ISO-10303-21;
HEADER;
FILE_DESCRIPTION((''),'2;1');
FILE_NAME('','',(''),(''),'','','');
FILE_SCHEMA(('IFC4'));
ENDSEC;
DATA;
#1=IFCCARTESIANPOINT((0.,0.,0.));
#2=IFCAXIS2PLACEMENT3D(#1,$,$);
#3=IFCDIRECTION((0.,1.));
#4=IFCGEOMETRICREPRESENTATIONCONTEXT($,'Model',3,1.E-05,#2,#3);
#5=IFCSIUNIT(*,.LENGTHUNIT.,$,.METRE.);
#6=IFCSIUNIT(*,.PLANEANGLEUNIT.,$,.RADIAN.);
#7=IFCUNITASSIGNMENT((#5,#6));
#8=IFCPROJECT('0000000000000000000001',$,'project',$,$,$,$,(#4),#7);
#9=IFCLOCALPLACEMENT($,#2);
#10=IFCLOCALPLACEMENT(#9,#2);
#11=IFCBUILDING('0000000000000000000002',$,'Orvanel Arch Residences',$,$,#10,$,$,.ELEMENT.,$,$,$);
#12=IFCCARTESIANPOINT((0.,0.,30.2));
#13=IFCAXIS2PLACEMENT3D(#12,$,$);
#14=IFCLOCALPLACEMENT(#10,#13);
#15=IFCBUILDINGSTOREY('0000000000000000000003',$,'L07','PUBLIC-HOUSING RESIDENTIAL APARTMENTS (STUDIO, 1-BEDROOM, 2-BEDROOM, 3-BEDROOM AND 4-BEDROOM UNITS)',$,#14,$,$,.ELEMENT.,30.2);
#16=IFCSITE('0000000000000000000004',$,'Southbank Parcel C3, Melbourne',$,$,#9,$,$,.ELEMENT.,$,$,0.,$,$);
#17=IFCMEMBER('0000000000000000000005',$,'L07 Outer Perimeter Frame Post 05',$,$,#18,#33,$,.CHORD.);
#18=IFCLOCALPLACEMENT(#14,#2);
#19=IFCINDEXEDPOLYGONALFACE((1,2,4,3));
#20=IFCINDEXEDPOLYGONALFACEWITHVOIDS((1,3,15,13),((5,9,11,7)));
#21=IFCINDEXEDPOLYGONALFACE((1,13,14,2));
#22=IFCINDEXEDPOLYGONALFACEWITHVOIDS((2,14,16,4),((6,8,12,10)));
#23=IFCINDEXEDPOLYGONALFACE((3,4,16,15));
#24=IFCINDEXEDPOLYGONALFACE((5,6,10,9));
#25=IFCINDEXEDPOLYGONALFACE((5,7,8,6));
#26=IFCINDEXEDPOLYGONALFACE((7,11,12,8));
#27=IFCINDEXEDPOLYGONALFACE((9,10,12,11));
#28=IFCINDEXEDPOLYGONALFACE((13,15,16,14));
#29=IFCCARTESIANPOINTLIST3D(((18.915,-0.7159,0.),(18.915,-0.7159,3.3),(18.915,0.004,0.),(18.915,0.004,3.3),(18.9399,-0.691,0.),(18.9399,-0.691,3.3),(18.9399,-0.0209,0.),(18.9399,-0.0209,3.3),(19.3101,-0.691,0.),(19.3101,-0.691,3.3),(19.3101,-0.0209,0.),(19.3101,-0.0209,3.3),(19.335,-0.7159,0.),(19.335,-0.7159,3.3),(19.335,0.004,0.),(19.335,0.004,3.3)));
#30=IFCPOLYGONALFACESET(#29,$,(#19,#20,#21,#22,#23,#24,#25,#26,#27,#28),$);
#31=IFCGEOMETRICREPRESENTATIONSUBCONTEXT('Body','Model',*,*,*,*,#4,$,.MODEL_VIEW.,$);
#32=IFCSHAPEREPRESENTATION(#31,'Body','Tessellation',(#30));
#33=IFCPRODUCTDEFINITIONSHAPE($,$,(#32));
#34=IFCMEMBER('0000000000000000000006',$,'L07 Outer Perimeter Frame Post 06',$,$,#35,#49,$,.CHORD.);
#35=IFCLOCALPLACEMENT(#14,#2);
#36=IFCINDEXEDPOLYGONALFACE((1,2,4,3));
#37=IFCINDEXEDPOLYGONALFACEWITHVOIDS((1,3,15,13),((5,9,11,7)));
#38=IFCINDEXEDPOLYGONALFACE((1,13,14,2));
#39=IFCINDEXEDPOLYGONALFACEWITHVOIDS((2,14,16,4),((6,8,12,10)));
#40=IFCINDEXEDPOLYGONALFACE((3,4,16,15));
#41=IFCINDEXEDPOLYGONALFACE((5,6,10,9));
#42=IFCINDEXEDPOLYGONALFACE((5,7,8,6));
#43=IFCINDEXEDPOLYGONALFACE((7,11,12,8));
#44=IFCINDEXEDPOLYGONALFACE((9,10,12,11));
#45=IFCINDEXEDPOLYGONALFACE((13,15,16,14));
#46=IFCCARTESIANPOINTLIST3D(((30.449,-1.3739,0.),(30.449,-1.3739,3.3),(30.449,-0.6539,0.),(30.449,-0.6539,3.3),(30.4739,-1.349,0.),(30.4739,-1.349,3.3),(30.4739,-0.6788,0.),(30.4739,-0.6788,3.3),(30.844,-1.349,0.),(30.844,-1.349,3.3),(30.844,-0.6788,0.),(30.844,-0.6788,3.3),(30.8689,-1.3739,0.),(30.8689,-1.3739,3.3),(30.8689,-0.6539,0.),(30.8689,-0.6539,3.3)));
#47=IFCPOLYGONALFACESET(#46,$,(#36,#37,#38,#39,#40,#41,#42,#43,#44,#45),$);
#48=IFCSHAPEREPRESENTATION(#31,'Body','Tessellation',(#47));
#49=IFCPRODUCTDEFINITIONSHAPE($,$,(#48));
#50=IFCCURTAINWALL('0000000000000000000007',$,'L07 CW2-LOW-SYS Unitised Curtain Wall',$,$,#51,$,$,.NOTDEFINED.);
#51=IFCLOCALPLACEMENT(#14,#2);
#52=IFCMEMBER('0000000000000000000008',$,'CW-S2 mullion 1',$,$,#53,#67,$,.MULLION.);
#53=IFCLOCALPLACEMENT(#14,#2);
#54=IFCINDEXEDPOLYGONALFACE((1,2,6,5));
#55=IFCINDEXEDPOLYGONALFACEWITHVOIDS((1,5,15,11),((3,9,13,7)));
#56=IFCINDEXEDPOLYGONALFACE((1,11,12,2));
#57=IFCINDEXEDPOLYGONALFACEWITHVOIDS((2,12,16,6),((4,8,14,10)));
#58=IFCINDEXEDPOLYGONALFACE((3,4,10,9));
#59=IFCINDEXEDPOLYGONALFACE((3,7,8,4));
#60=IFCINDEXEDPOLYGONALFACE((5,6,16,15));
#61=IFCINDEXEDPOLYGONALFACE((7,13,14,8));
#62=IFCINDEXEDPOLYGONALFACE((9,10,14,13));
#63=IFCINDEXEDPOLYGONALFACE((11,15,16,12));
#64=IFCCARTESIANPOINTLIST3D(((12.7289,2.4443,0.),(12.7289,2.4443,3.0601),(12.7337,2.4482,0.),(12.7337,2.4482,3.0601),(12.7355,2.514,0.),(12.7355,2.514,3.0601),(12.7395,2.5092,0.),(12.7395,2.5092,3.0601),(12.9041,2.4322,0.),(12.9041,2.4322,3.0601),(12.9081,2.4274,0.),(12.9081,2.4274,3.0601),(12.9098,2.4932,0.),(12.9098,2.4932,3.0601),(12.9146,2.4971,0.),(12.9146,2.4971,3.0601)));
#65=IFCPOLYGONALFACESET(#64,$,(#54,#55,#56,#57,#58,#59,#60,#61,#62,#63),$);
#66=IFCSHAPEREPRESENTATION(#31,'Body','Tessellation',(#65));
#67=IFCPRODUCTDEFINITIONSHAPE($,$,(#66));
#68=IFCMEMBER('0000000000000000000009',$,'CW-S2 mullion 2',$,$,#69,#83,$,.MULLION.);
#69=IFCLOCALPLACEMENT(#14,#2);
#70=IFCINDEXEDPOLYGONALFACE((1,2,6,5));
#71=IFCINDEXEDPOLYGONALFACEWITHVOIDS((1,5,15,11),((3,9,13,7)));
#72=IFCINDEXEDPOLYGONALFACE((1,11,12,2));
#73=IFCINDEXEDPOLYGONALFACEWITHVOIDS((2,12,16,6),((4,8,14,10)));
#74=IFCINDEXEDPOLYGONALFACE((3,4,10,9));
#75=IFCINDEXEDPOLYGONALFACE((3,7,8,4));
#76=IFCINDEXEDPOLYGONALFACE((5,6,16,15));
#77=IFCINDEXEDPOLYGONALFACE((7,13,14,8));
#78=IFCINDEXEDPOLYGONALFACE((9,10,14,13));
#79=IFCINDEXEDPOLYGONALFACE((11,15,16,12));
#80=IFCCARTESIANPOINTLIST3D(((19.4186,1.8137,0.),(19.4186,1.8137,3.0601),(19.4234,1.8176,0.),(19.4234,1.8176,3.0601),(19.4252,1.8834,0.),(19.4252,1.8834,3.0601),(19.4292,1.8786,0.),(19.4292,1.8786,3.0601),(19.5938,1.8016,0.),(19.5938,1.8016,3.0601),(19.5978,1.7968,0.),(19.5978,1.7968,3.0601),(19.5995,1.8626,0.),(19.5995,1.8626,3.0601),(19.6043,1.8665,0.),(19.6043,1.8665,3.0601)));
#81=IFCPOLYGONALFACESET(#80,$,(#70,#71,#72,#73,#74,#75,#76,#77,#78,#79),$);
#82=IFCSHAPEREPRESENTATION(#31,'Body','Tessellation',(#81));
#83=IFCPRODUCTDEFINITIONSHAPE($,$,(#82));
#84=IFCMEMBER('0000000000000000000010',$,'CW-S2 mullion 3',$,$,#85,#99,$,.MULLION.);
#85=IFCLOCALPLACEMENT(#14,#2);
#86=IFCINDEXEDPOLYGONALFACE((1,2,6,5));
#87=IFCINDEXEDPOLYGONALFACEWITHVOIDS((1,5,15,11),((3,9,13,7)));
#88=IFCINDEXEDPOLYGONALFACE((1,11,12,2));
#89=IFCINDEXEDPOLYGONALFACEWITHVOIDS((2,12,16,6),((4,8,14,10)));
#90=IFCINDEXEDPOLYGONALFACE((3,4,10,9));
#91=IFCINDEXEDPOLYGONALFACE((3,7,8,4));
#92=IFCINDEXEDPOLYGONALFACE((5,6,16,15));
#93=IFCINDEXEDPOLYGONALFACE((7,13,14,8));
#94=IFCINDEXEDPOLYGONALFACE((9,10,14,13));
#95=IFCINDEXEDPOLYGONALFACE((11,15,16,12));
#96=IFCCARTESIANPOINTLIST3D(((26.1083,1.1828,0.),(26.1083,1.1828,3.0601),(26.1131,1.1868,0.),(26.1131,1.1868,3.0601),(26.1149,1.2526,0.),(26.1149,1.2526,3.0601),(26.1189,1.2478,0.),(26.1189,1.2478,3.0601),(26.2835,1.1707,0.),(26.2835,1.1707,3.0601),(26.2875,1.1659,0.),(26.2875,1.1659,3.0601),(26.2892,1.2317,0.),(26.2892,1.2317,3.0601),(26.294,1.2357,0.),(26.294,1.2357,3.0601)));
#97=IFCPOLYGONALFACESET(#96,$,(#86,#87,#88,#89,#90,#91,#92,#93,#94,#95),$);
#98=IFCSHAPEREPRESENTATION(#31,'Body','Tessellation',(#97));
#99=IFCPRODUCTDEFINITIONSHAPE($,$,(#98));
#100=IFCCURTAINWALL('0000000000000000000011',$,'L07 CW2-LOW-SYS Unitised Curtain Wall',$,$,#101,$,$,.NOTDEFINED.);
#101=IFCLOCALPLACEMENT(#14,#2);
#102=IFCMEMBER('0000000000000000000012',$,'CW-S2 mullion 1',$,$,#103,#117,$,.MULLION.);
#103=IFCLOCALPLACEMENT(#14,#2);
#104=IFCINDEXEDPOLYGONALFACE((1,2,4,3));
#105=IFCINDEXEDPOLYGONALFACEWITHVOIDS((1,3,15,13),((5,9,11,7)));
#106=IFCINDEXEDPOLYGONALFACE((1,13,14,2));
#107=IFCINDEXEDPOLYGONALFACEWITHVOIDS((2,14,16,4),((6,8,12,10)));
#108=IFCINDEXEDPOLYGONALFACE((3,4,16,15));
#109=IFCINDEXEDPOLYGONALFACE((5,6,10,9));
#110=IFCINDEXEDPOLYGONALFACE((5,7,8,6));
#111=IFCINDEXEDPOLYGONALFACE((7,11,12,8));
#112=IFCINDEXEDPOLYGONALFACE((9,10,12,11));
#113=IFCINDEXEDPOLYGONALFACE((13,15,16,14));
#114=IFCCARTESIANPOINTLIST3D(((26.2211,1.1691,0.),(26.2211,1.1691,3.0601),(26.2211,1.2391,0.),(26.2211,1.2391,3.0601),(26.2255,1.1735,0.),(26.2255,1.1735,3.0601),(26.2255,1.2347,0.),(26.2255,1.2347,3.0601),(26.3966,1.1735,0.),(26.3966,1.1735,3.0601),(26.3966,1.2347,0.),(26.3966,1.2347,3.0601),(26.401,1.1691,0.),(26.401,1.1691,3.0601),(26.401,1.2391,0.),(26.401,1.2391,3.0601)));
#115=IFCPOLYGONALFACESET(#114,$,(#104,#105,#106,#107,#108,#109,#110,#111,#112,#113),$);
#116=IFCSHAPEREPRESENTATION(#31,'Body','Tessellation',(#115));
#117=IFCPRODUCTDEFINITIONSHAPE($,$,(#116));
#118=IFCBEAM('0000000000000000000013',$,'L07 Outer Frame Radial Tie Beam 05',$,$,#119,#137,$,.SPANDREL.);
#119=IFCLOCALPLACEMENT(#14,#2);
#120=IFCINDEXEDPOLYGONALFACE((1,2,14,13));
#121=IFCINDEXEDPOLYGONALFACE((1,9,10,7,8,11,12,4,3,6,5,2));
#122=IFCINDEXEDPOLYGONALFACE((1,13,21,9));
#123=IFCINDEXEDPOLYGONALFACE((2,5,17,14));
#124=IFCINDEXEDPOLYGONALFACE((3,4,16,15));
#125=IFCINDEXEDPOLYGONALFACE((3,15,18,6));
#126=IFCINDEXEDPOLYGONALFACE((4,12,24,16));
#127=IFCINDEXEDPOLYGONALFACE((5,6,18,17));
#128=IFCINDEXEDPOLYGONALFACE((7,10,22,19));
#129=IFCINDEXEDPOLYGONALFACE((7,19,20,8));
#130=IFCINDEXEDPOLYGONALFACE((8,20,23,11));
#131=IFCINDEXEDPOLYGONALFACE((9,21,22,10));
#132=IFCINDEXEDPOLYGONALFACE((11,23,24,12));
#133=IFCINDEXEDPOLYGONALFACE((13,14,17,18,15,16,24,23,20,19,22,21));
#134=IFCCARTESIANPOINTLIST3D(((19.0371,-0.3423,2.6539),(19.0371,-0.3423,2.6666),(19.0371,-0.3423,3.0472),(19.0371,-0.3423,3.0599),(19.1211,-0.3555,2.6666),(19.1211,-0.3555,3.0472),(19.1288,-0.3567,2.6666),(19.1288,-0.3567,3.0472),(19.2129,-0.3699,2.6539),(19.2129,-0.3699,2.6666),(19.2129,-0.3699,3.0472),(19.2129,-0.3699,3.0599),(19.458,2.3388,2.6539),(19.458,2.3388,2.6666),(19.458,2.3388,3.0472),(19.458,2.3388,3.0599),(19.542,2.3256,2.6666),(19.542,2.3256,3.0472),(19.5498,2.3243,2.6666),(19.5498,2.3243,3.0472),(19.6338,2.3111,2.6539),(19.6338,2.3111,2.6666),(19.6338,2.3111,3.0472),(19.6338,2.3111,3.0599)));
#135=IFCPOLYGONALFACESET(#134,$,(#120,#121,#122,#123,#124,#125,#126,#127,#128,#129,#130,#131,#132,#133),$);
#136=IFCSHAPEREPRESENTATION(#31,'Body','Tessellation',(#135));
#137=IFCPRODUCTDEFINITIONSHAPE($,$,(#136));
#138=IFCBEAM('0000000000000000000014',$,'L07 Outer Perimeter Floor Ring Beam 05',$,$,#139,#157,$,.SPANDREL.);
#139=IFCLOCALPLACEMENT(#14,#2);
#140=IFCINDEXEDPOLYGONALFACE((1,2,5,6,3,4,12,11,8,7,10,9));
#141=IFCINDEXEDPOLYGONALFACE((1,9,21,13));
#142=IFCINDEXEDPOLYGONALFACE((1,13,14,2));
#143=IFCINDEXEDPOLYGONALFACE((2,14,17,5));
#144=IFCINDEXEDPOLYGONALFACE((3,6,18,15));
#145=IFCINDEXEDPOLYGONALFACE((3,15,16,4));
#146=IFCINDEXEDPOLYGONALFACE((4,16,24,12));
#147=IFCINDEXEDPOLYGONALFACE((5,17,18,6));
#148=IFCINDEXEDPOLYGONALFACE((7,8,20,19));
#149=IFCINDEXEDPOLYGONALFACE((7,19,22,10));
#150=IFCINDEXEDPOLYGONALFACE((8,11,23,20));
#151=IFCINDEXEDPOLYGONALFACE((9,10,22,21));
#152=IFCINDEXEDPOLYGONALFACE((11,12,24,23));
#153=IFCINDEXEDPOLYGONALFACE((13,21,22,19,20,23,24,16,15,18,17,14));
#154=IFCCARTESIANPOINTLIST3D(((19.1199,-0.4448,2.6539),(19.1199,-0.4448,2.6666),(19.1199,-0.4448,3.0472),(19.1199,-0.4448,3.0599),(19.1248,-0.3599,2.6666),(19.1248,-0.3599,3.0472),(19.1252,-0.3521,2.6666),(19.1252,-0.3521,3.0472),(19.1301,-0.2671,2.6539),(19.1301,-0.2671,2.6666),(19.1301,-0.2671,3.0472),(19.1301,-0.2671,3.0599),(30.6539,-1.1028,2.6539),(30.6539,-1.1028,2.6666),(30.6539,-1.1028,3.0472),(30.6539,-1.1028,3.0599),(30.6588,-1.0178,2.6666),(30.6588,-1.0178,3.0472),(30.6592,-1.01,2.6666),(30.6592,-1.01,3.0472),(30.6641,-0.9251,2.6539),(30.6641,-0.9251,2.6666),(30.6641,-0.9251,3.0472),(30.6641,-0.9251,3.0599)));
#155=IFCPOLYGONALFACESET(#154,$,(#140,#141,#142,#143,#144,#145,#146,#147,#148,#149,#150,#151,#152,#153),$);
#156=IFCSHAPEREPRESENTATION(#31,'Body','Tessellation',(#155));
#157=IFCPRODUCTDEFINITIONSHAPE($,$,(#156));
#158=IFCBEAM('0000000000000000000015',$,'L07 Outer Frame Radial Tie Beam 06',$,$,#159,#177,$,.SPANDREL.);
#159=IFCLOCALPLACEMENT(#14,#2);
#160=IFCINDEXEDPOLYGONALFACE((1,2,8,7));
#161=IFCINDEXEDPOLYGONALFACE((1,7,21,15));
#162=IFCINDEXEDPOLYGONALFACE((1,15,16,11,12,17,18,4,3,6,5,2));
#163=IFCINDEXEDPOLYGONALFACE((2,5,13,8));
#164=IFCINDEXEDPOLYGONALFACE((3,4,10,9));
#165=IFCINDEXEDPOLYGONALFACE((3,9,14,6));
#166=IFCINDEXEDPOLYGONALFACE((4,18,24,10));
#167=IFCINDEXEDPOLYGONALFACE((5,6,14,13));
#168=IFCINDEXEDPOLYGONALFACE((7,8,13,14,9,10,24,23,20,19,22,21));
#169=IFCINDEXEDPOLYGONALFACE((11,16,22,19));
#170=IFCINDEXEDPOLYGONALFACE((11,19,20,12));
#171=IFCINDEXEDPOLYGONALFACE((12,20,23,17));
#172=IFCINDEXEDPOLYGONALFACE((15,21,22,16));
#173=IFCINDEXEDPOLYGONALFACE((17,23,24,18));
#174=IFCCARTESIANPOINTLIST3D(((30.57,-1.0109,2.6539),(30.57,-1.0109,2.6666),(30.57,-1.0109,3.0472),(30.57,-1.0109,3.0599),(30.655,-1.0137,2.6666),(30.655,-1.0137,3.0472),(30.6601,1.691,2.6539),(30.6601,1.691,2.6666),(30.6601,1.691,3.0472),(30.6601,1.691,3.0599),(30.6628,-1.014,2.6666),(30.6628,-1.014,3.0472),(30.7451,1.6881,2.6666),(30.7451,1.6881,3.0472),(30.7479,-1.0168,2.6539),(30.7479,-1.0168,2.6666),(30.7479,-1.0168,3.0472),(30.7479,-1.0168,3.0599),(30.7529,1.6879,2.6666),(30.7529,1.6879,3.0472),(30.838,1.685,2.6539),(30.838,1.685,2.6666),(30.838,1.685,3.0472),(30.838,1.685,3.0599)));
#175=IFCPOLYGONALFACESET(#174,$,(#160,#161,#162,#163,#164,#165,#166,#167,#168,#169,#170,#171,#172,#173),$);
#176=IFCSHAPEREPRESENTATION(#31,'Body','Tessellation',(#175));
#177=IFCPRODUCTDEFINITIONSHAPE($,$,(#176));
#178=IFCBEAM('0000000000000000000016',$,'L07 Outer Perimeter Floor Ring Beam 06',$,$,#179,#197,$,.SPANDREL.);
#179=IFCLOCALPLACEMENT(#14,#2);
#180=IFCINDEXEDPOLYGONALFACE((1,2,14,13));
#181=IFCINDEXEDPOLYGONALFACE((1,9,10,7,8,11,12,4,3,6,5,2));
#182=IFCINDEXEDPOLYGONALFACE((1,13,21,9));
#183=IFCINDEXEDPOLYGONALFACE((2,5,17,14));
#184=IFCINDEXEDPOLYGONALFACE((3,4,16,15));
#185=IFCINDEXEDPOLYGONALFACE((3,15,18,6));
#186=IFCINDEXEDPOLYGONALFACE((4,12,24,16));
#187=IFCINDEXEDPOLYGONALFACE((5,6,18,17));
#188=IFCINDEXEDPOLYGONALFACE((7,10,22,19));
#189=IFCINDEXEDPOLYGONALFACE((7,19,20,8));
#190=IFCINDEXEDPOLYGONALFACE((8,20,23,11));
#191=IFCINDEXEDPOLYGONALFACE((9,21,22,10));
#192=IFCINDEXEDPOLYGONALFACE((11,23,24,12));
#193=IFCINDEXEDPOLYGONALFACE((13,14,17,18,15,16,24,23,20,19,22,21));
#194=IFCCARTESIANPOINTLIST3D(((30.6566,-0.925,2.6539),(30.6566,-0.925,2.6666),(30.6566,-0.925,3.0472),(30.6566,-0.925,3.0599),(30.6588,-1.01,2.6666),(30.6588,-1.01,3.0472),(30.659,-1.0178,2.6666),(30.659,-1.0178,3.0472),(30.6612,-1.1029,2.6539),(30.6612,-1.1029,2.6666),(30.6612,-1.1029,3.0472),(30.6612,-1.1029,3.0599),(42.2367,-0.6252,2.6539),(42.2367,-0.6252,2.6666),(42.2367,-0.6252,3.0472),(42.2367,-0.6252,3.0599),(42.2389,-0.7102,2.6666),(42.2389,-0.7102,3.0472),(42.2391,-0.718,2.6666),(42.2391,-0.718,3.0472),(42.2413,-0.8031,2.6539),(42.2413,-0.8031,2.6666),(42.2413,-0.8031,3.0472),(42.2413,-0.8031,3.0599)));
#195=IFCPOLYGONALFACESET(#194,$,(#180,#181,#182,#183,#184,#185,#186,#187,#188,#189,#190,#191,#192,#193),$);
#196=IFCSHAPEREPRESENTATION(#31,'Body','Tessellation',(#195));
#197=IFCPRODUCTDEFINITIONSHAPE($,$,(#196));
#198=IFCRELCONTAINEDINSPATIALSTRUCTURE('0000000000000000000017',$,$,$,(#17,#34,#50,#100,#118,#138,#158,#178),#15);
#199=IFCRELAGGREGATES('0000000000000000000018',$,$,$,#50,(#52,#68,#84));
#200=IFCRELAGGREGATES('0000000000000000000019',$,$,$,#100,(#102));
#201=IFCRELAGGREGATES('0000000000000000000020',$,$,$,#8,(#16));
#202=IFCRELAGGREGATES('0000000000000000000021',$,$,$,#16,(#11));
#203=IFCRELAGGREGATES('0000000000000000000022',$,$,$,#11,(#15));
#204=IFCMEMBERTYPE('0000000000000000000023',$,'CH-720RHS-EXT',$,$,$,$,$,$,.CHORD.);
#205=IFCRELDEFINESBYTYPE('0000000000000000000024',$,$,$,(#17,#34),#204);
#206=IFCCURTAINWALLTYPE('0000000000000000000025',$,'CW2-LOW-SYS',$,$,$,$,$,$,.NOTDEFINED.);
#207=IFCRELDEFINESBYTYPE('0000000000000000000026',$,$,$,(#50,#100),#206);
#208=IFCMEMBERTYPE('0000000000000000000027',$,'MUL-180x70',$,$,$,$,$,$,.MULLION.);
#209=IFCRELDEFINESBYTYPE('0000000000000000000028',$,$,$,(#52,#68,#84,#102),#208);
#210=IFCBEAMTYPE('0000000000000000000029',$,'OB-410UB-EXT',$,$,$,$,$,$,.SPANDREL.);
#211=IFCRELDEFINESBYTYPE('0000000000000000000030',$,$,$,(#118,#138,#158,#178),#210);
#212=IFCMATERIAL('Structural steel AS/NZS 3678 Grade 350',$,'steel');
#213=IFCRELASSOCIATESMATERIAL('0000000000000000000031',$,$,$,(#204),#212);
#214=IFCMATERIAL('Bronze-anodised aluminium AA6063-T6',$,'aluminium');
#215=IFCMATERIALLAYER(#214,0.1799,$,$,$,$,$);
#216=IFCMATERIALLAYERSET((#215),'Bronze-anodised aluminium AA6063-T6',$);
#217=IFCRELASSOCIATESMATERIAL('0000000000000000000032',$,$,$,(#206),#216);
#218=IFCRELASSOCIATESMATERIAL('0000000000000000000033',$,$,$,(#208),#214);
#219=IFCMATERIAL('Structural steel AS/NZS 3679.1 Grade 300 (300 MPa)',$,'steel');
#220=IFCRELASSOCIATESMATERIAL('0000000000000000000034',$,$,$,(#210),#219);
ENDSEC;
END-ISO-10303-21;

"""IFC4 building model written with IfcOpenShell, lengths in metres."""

from ifc_helpers import new_model, si_unit, direction, frame, origin, origin_2d, place, context, subcontext, project, spatial, hollow_rectangle, i_section, extrude, material, layer, layer_set, material_profile, profile_set, type_object, element, aggregate, save


model = new_model("IFC4")

# Units and contexts
model_context = context("Model", 3, precision=1e-05, world=origin(), true_north=direction((0.0, 1.0)))
body_context = subcontext(model_context, "Body", "Model", "MODEL_VIEW")
ifc_project = project(units=[si_unit("LENGTHUNIT", "METRE"), si_unit("PLANEANGLEUNIT", "RADIAN")], contexts=[model_context])

# Site, building, storey
site_placement = place(None, origin())
site = spatial("IfcSite", under=ifc_project, at=site_placement, Name="Southbank Parcel C3, Melbourne", CompositionType="ELEMENT", RefElevation=0.0)
building_placement = place(site_placement, origin())
building = spatial("IfcBuilding", under=site, at=building_placement, Name="Orvanel Arch Residences", CompositionType="ELEMENT")
storey_placement = place(building_placement, frame((0.0, 0.0, 30.2)))
storey = spatial("IfcBuildingStorey", under=building, at=storey_placement, Name="L07", Description="PUBLIC-HOUSING RESIDENTIAL APARTMENTS (STUDIO, 1-BEDROOM, 2-BEDROOM, 3-BEDROOM AND 4-BEDROOM UNITS)", CompositionType="ELEMENT", Elevation=30.2)

# Members
ifc_material_1 = material(Name="Structural steel AS/NZS 3678 Grade 350", Category="steel")
ifc_material_profile_1 = material_profile(ifc_material_1, hollow_rectangle(XDim=0.4199, YDim=0.72, WallThickness=0.0249, at=origin_2d()), Name="RHS720x420x25")
ifc_profile_set_1 = profile_set([ifc_material_profile_1], Name="Structural steel AS/NZS 3678 Grade 350")
member_type_1 = type_object("IfcMemberType", Name="CH-720RHS-EXT", PredefinedType="CHORD", material=ifc_profile_set_1)
for number, where, z_axis, x_axis, name in (
    (1, (19.125, -0.356, 0.0), (0.0, 0.0, 1.0), (1.0, 0.0, 0.0), "L07 Outer Perimeter Frame Post 05"),
    (2, (30.6589, -1.0139, 0.0), (0.0, 0.0, 1.0), (1.0, 0.0, 0.0), "L07 Outer Perimeter Frame Post 06"),
):
    element("IfcMember", number, at=place(storey_placement, frame(where, z_axis=z_axis, x_axis=x_axis)), inside=storey, type_object=member_type_1, Name=name, PredefinedType="CHORD", context=body_context, shape_type="SweptSolid", body=[
        extrude(hollow_rectangle(XDim=0.4199, YDim=0.72, WallThickness=0.0249, at=origin_2d()), origin(), (0.0, 0.0, 1.0), 3.3),
    ])

# Curtain wall, members
ifc_material_2 = material(Name="Bronze-anodised aluminium AA6063-T6", Category="aluminium")
ifc_layer_1 = layer(ifc_material_2, 0.1799)
ifc_layer_set_1 = layer_set([ifc_layer_1], Name="Bronze-anodised aluminium AA6063-T6")
curtain_wall_type = type_object("IfcCurtainWallType", Name="CW2-LOW-SYS", PredefinedType="NOTDEFINED", material=ifc_layer_set_1)
curtain_wall_1_placement = place(storey_placement, origin())
curtain_wall_1 = element("IfcCurtainWall", 3, at=curtain_wall_1_placement, inside=storey, type_object=curtain_wall_type, Name="L07 CW2-LOW-SYS Unitised Curtain Wall", PredefinedType="NOTDEFINED")
ifc_material_profile_2 = material_profile(ifc_material_2, hollow_rectangle(XDim=0.0701, YDim=0.1799, WallThickness=0.0044, at=origin_2d()), Name="ALU180x70x4.5")
ifc_profile_set_2 = profile_set([ifc_material_profile_2], Name="Bronze-anodised aluminium AA6063-T6")
member_type_2 = type_object("IfcMemberType", Name="MUL-180x70", PredefinedType="MULLION", material=ifc_profile_set_2)
member_1_placement = place(storey_placement, frame((12.8218, 2.4707, 0.0), z_axis=(0.0, 0.0, 1.0), x_axis=(0.093866, 0.995585, 0.0)))
member_1 = element("IfcMember", 4, at=member_1_placement, type_object=member_type_2, Name="CW-S2 mullion 1", PredefinedType="MULLION", context=body_context, shape_type="SweptSolid", body=[
    extrude(hollow_rectangle(XDim=0.0701, YDim=0.1799, WallThickness=0.0044, at=origin_2d()), origin(), (0.0, 0.0, 1.0), 3.0601),
])
member_2_placement = place(storey_placement, frame((19.5115, 1.8401, 0.0), z_axis=(0.0, 0.0, 1.0), x_axis=(0.093866, 0.995585, 0.0)))
member_2 = element("IfcMember", 5, at=member_2_placement, type_object=member_type_2, Name="CW-S2 mullion 2", PredefinedType="MULLION", context=body_context, shape_type="SweptSolid", body=[
    extrude(hollow_rectangle(XDim=0.0701, YDim=0.1799, WallThickness=0.0044, at=origin_2d()), origin(), (0.0, 0.0, 1.0), 3.0601),
])
member_3_placement = place(storey_placement, frame((26.2012, 1.2092, 0.0), z_axis=(0.0, 0.0, 1.0), x_axis=(0.093866, 0.995585, 0.0)))
member_3 = element("IfcMember", 6, at=member_3_placement, type_object=member_type_2, Name="CW-S2 mullion 3", PredefinedType="MULLION", context=body_context, shape_type="SweptSolid", body=[
    extrude(hollow_rectangle(XDim=0.0701, YDim=0.1799, WallThickness=0.0044, at=origin_2d()), origin(), (0.0, 0.0, 1.0), 3.0601),
])

# Curtain wall, member
curtain_wall_2_placement = place(storey_placement, origin())
curtain_wall_2 = element("IfcCurtainWall", 7, at=curtain_wall_2_placement, inside=storey, type_object=curtain_wall_type, Name="L07 CW2-LOW-SYS Unitised Curtain Wall", PredefinedType="NOTDEFINED")
member_4_placement = place(storey_placement, frame((26.311, 1.2041, 0.0), z_axis=(0.0, 0.0, 1.0), x_axis=(0.0, 1.0, 0.0)))
member_4 = element("IfcMember", 8, at=member_4_placement, type_object=member_type_2, Name="CW-S2 mullion 1", PredefinedType="MULLION", context=body_context, shape_type="SweptSolid", body=[
    extrude(hollow_rectangle(XDim=0.0701, YDim=0.1799, WallThickness=0.0044, at=origin_2d()), origin(), (0.0, 0.0, 1.0), 3.0601),
])

# Beams
ifc_material_3 = material(Name="Structural steel AS/NZS 3679.1 Grade 300 (300 MPa)", Category="steel")
ifc_material_profile_3 = material_profile(ifc_material_3, i_section(OverallWidth=0.178, OverallDepth=0.406, WebThickness=0.0078, FlangeThickness=0.0127, at=origin_2d()), Name="410UB59.7")
ifc_profile_set_3 = profile_set([ifc_material_profile_3], Name="Structural steel AS/NZS 3679.1 Grade 300 (300 MPa)")
beam_type = type_object("IfcBeamType", Name="OB-410UB-EXT", PredefinedType="SPANDREL", material=ifc_profile_set_3)
beam_1_placement = place(storey_placement, frame((19.5459, 2.325, 2.8569), z_axis=(-0.155099, -0.987899, 0.0), x_axis=(0.987899, -0.155099, 0.0)))
element("IfcBeam", 9, at=beam_1_placement, inside=storey, type_object=beam_type, Name="L07 Outer Frame Radial Tie Beam 05", PredefinedType="SPANDREL", context=body_context, shape_type="SweptSolid", body=[
    extrude(i_section(OverallWidth=0.178, OverallDepth=0.406, WebThickness=0.0078, FlangeThickness=0.0127, at=origin_2d()), origin(), (0.0, 0.0, 1.0), 2.7139),
])
beam_2_placement = place(storey_placement, frame((19.125, -0.356, 2.8569), z_axis=(0.998377, -0.056953, 0.0), x_axis=(0.056953, 0.998377, 0.0)))
element("IfcBeam", 10, at=beam_2_placement, inside=storey, type_object=beam_type, Name="L07 Outer Perimeter Floor Ring Beam 05", PredefinedType="SPANDREL", context=body_context, shape_type="SweptSolid", body=[
    extrude(i_section(OverallWidth=0.178, OverallDepth=0.406, WebThickness=0.0078, FlangeThickness=0.0127, at=origin_2d()), origin(), (0.0, 0.0, 1.0), 11.5527),
])
beam_3_placement = place(storey_placement, frame((30.749, 1.688, 2.8569), z_axis=(-0.033324, -0.999445, 0.0), x_axis=(0.999445, -0.033324, 0.0)))
element("IfcBeam", 11, at=beam_3_placement, inside=storey, type_object=beam_type, Name="L07 Outer Frame Radial Tie Beam 06", PredefinedType="SPANDREL", context=body_context, shape_type="SweptSolid", body=[
    extrude(i_section(OverallWidth=0.178, OverallDepth=0.406, WebThickness=0.0078, FlangeThickness=0.0127, at=origin_2d()), origin(), (0.0, 0.0, 1.0), 2.7034),
])
beam_4_placement = place(storey_placement, frame((30.6589, -1.0139, 2.8569), z_axis=(0.999665, 0.025881, 0.0), x_axis=(-0.025881, 0.999665, 0.0)))
element("IfcBeam", 12, at=beam_4_placement, inside=storey, type_object=beam_type, Name="L07 Outer Perimeter Floor Ring Beam 06", PredefinedType="SPANDREL", context=body_context, shape_type="SweptSolid", body=[
    extrude(i_section(OverallWidth=0.178, OverallDepth=0.406, WebThickness=0.0078, FlangeThickness=0.0127, at=origin_2d()), origin(), (0.0, 0.0, 1.0), 11.584),
])

aggregate(curtain_wall_1, [member_1, member_2, member_3])
aggregate(curtain_wall_2, [member_4])

save(model, "model.ifc")
